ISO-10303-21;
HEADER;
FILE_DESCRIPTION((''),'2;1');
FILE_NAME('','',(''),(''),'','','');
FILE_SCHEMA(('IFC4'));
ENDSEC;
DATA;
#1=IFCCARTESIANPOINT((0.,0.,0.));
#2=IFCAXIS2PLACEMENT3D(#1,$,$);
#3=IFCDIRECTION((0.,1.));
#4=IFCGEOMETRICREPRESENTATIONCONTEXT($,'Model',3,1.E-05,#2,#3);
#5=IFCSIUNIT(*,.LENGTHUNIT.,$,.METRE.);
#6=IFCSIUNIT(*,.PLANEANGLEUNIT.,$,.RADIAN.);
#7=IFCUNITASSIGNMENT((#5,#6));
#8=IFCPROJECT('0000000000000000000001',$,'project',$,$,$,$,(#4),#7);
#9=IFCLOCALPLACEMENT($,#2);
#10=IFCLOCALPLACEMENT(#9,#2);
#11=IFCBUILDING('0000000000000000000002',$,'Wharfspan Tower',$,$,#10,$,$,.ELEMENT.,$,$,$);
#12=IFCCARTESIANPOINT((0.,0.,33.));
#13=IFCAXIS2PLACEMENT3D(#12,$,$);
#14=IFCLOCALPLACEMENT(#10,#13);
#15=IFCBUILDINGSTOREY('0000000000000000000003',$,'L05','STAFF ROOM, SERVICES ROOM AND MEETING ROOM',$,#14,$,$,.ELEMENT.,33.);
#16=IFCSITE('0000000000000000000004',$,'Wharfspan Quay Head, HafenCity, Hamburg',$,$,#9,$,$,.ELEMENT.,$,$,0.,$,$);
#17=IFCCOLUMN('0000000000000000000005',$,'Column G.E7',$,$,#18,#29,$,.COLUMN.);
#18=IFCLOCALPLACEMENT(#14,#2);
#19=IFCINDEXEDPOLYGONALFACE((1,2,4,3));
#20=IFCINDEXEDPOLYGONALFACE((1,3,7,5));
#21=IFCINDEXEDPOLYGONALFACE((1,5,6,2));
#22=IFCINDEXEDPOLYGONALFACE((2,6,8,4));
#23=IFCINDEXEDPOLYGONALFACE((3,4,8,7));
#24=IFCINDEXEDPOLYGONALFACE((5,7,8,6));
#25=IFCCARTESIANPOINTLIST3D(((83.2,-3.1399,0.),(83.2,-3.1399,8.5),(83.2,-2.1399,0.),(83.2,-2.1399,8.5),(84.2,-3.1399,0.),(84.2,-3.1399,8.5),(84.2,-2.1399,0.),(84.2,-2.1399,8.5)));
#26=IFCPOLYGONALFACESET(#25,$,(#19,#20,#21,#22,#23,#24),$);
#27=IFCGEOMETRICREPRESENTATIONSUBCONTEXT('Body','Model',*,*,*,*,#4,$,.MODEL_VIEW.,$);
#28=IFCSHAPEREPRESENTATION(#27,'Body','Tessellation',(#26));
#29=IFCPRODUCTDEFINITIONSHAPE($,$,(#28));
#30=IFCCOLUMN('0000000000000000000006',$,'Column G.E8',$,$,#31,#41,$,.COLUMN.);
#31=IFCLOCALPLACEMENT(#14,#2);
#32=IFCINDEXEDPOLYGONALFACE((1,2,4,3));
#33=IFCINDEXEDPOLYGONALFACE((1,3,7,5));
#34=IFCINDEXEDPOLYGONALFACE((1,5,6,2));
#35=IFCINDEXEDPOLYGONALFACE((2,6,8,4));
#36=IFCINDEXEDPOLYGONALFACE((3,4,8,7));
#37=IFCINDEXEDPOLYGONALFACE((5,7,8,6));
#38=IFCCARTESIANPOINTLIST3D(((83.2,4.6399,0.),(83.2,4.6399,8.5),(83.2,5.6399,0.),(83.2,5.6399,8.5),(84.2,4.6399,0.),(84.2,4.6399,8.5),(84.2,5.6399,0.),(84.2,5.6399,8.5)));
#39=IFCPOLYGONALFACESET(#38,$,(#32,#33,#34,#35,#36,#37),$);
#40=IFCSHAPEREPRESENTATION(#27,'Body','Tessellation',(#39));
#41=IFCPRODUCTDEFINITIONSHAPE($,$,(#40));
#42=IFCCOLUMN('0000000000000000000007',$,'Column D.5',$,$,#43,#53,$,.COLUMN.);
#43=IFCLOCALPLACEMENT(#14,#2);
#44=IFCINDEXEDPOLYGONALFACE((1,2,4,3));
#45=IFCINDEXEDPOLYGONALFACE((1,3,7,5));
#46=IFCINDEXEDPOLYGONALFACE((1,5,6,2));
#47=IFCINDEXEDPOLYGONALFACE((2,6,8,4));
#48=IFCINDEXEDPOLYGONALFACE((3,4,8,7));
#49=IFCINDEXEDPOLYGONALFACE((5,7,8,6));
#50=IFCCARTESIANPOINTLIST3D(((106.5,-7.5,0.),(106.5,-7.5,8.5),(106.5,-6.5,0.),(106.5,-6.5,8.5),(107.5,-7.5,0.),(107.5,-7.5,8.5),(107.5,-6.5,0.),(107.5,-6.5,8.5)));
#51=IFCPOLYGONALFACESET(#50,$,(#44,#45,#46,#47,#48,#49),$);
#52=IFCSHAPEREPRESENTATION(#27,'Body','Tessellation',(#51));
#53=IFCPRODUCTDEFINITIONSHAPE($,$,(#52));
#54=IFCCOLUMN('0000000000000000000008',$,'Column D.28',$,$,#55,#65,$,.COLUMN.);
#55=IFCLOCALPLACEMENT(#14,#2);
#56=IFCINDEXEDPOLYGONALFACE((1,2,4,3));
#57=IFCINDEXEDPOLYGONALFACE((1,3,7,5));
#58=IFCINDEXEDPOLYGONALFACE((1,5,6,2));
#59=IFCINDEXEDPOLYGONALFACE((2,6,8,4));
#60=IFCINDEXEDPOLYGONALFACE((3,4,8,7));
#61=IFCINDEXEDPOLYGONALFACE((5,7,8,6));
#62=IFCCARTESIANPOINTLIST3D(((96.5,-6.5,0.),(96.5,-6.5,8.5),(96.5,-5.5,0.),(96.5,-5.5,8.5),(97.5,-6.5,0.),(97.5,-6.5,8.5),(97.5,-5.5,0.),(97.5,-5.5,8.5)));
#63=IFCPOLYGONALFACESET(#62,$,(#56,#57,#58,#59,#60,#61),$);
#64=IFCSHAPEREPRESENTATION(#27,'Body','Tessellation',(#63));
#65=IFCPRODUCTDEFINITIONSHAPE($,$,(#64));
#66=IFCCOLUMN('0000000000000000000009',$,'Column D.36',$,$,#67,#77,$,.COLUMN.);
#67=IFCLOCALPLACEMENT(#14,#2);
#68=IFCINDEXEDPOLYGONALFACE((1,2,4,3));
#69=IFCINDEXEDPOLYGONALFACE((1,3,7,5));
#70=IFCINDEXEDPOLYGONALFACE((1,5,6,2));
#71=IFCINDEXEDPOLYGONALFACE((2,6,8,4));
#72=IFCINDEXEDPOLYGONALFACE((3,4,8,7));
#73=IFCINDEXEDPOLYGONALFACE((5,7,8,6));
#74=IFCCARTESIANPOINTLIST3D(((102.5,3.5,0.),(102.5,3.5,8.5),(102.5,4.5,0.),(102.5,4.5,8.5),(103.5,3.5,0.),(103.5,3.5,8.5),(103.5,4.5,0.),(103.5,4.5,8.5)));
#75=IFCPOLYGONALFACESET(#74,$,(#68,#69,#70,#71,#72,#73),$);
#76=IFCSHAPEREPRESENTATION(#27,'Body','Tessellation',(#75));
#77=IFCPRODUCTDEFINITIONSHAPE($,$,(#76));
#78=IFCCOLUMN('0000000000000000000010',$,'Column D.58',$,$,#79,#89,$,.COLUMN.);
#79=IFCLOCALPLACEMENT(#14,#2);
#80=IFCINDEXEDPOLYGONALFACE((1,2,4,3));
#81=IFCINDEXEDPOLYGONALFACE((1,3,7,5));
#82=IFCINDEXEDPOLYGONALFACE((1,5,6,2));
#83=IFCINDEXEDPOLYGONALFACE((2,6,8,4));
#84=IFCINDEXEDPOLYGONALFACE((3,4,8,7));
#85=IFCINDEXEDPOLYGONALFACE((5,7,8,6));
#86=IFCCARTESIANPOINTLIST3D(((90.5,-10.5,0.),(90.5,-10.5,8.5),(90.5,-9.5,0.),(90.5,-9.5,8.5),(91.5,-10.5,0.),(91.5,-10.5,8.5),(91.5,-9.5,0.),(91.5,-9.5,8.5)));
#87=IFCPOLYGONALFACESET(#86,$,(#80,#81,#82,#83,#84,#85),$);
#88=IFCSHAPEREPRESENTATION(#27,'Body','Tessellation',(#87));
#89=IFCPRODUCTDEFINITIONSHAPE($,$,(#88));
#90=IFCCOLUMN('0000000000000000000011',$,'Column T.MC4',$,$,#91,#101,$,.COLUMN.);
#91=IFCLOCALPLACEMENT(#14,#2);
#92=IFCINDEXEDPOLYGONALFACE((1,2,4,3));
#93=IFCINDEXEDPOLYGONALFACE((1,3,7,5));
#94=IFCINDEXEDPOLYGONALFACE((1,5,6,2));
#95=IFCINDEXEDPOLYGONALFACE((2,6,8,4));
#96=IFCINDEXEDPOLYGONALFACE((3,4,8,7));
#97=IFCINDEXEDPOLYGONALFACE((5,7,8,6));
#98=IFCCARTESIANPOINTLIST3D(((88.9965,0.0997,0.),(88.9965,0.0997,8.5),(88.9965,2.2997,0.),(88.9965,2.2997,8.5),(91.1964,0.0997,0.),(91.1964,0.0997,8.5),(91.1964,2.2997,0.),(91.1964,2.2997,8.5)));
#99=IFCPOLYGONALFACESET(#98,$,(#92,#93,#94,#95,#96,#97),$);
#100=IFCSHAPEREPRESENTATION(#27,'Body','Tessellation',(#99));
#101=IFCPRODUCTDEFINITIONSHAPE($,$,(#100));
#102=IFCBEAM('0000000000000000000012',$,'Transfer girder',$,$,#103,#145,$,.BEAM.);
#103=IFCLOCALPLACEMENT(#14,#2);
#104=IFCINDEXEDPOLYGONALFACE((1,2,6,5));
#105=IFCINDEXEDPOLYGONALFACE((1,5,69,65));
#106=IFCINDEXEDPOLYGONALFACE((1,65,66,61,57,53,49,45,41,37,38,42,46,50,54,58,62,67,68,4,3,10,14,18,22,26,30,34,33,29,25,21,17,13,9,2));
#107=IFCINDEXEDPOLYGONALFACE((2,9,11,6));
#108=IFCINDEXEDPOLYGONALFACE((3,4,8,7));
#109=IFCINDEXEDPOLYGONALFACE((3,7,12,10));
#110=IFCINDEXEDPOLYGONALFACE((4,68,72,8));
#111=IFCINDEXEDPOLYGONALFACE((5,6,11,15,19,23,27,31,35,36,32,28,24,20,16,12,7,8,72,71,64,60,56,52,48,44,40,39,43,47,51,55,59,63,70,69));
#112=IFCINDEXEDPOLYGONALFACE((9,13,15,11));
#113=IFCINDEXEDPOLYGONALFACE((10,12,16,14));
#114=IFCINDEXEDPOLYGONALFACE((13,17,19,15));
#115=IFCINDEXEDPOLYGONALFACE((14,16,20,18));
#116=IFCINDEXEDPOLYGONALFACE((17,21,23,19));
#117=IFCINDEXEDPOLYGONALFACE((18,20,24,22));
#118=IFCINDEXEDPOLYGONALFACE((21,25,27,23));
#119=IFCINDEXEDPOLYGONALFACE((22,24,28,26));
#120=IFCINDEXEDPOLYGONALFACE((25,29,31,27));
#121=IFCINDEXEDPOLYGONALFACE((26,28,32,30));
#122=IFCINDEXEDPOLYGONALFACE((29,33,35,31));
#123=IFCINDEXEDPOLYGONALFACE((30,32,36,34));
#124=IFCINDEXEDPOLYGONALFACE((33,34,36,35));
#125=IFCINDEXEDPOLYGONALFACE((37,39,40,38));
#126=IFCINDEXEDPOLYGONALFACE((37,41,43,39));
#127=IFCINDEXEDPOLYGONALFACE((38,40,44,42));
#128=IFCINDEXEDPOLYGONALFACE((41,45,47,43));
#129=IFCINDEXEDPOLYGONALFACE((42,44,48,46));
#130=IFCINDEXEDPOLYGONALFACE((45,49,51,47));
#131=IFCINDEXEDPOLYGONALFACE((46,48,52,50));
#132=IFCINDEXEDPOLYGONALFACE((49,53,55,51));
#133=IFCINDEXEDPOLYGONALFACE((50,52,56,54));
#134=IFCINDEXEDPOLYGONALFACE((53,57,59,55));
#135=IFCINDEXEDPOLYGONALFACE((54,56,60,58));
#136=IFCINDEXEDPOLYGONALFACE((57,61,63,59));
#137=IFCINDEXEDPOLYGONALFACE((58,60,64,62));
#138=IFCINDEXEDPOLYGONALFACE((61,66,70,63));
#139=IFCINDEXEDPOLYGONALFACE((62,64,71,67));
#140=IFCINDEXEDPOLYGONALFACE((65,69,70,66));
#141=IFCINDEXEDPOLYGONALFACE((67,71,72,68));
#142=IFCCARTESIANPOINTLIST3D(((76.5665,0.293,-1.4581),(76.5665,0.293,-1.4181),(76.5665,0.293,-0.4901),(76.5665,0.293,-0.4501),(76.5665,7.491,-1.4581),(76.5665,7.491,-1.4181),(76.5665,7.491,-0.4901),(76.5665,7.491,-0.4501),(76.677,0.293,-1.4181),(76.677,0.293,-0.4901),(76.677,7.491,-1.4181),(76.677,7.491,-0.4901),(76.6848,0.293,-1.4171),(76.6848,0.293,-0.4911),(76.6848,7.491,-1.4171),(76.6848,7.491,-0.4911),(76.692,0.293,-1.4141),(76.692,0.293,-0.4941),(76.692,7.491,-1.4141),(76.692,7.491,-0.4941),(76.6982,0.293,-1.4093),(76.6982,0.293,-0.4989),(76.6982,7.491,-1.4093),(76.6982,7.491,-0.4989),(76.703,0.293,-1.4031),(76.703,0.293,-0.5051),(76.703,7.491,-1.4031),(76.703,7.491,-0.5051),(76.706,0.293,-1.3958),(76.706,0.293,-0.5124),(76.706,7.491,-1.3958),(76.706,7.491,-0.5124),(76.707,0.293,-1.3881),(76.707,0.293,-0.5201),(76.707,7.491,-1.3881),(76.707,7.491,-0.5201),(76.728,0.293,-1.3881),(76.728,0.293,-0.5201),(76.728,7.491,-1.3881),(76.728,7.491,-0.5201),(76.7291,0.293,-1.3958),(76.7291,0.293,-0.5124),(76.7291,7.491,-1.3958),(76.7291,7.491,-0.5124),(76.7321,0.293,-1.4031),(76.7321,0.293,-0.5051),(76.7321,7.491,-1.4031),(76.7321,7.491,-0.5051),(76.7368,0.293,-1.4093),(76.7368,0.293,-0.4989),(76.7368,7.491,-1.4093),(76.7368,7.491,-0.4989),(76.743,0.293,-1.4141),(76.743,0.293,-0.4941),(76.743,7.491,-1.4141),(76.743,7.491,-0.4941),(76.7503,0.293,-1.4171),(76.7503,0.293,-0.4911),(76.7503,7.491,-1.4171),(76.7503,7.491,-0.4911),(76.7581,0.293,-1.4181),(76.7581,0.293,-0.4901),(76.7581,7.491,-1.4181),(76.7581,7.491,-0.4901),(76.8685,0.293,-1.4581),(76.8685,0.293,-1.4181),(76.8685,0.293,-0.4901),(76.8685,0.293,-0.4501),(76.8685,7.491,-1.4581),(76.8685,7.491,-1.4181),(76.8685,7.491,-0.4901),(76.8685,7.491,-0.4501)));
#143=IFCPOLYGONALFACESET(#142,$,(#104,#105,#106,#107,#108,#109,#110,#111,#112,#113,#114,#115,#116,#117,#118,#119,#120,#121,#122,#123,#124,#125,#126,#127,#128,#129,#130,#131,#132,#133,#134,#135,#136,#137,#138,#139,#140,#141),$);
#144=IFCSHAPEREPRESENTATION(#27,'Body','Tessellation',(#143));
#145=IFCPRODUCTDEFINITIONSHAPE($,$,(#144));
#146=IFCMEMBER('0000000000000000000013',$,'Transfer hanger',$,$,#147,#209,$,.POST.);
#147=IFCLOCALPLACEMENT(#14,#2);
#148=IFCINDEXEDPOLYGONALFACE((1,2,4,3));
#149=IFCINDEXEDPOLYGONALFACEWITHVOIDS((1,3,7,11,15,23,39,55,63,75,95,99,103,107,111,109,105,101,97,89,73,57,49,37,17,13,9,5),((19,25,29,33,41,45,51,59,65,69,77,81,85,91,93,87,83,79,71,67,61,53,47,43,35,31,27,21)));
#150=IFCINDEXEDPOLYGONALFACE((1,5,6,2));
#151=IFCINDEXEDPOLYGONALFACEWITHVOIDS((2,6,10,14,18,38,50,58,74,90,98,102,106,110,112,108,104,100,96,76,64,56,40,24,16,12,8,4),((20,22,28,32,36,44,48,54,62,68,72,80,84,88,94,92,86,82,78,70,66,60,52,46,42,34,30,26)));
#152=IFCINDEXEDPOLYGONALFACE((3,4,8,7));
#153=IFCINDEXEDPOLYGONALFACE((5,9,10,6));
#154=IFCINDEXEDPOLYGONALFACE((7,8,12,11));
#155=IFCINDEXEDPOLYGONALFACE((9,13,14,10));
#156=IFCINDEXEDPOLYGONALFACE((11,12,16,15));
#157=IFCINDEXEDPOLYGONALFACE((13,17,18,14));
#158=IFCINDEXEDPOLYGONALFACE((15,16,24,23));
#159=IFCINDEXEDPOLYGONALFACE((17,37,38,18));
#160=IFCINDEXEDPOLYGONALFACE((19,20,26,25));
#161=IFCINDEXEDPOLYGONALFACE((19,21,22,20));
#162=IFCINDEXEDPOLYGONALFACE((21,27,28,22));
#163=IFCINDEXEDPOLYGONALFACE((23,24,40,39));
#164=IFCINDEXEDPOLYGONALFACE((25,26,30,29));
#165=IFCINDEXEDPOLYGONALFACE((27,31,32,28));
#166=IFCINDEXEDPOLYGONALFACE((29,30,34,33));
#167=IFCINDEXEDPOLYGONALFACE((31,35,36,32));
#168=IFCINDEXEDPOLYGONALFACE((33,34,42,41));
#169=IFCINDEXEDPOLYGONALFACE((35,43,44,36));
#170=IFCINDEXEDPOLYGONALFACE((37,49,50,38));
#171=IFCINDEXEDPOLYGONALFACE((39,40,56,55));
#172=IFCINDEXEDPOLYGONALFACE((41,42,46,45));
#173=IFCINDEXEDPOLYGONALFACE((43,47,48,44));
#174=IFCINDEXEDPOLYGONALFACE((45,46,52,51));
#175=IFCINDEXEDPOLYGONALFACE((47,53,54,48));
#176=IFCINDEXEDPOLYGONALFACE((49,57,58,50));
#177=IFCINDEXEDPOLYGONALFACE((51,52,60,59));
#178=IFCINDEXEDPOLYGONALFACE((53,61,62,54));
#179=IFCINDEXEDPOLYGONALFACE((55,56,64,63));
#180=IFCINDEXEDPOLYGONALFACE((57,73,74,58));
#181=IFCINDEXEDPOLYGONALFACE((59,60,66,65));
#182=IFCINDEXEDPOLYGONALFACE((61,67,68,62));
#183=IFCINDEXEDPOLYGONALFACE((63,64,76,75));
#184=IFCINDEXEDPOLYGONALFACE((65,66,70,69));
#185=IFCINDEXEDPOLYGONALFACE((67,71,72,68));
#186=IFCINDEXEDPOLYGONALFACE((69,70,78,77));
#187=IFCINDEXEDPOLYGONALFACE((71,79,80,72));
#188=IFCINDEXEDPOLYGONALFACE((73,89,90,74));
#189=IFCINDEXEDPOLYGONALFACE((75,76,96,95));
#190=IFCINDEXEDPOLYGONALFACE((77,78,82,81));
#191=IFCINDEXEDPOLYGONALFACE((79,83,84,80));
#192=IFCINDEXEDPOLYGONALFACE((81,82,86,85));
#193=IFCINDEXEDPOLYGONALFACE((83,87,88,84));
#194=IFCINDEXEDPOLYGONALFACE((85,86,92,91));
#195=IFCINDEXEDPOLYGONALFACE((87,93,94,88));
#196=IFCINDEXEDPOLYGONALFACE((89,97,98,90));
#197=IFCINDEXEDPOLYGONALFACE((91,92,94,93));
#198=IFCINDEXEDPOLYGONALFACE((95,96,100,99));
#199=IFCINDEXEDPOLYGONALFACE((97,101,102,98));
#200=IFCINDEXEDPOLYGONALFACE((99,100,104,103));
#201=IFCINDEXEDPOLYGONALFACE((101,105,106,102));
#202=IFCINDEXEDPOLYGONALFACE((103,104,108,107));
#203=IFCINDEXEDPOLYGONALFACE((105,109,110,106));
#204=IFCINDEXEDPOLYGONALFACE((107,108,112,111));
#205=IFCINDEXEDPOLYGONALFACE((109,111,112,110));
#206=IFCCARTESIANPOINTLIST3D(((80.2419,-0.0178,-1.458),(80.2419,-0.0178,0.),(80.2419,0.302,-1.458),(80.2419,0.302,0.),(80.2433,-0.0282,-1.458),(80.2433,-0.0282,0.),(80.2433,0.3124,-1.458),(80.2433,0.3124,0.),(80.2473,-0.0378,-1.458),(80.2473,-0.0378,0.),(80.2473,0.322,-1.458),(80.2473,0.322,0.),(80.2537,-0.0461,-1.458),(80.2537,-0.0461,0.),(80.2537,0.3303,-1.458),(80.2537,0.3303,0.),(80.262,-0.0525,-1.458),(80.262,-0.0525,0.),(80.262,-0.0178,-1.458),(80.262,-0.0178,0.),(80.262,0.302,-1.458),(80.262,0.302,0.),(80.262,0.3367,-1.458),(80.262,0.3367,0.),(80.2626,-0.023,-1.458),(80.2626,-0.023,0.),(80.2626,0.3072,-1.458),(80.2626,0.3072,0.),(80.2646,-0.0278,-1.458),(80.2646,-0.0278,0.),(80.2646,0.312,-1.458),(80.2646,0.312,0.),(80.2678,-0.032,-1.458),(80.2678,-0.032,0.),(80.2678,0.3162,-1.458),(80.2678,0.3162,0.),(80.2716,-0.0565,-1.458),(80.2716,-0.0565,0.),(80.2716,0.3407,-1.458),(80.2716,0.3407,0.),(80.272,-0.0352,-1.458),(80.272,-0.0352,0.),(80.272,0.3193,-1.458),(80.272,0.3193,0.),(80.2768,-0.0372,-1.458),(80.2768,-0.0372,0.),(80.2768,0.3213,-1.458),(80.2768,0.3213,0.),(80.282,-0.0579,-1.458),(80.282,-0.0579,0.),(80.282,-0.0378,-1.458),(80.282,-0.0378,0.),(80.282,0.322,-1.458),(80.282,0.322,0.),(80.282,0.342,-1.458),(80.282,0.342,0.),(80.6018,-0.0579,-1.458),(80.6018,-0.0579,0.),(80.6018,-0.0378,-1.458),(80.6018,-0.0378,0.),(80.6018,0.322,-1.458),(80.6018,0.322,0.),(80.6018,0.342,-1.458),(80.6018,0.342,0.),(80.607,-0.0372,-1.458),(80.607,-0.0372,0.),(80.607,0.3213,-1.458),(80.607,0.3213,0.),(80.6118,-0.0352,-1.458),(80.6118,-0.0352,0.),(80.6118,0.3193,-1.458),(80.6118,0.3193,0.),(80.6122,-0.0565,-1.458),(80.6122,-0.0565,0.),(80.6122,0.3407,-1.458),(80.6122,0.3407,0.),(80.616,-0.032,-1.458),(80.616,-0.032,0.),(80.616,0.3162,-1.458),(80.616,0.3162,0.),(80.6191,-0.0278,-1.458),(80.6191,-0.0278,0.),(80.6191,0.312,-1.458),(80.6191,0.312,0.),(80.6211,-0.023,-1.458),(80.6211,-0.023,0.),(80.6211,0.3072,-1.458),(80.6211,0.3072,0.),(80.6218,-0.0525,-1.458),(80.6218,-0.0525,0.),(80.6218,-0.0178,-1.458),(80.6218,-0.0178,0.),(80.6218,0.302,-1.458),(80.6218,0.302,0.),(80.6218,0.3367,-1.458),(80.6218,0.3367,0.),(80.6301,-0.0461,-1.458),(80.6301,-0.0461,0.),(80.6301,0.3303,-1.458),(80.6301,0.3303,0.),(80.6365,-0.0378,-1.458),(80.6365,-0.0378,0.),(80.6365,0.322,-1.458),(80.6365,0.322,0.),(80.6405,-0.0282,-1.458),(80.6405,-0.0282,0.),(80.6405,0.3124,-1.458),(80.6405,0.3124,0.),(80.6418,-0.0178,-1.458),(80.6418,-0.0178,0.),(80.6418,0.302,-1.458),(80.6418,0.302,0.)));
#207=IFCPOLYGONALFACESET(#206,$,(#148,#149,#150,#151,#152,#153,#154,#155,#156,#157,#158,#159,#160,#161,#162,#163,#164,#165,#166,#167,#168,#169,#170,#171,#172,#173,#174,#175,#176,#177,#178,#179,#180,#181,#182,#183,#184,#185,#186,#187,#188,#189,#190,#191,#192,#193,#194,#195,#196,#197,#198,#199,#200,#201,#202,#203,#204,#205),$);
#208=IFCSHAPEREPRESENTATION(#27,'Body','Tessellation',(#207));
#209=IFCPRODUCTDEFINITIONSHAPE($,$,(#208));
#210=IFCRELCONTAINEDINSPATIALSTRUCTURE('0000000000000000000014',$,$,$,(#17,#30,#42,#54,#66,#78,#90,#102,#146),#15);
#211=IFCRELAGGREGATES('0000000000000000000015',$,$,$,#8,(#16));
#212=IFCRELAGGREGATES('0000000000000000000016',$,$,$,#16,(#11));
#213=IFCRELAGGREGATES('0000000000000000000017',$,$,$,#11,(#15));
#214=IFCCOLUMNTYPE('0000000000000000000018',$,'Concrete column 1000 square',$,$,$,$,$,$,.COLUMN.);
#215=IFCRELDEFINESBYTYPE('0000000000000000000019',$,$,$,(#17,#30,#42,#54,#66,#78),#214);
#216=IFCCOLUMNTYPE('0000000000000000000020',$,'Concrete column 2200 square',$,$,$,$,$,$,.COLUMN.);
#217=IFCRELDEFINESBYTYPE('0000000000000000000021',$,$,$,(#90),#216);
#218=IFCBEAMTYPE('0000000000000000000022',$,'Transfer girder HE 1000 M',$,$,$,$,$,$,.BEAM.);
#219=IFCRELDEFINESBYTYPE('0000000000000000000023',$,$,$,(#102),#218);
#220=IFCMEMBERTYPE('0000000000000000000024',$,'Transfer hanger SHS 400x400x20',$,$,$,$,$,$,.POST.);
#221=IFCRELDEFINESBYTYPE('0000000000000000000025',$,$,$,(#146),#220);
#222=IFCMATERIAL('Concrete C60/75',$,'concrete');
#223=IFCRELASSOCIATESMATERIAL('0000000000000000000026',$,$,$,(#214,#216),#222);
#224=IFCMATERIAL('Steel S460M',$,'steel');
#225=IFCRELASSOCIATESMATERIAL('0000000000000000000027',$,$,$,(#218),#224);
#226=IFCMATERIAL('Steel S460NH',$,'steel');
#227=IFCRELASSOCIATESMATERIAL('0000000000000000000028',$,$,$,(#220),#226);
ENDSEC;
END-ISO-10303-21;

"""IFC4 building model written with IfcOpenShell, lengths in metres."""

from ifc_helpers import new_model, si_unit, direction, frame, origin, origin_2d, place, context, subcontext, project, spatial, rectangle, hollow_rectangle, i_section, extrude, material, material_profile, profile_set, type_object, element, save


model = new_model("IFC4")

# Units and contexts
model_context = context("Model", 3, precision=1e-05, world=origin(), true_north=direction((0.0, 1.0)))
body_context = subcontext(model_context, "Body", "Model", "MODEL_VIEW")
ifc_project = project(units=[si_unit("LENGTHUNIT", "METRE"), si_unit("PLANEANGLEUNIT", "RADIAN")], contexts=[model_context])

# Site, building, storey
site_placement = place(None, origin())
site = spatial("IfcSite", under=ifc_project, at=site_placement, Name="Wharfspan Quay Head, HafenCity, Hamburg", CompositionType="ELEMENT", RefElevation=0.0)
building_placement = place(site_placement, origin())
building = spatial("IfcBuilding", under=site, at=building_placement, Name="Wharfspan Tower", CompositionType="ELEMENT")
storey_placement = place(building_placement, frame((0.0, 0.0, 33.0)))
storey = spatial("IfcBuildingStorey", under=building, at=storey_placement, Name="L05", Description="STAFF ROOM, SERVICES ROOM AND MEETING ROOM", CompositionType="ELEMENT", Elevation=33.0)

# Columns
ifc_material_1 = material(Name="Concrete C60/75", Category="concrete")
ifc_material_profile_1 = material_profile(ifc_material_1, rectangle(XDim=1.0, YDim=1.0, at=origin_2d()))
ifc_profile_set_1 = profile_set([ifc_material_profile_1], Name="Concrete C60/75")
column_type_1 = type_object("IfcColumnType", Name="Concrete column 1000 square", PredefinedType="COLUMN", material=ifc_profile_set_1)
for number, where, z_axis, x_axis, name in (
    (1, (83.7, -2.6399, 0.0), (0.0, 0.0, 1.0), (1.0, 0.0, 0.0), "Column G.E7"),
    (2, (83.7, 5.1399, 0.0), (0.0, 0.0, 1.0), (1.0, 0.0, 0.0), "Column G.E8"),
    (3, (107.0, -7.0, 0.0), (0.0, 0.0, 1.0), (1.0, 0.0, 0.0), "Column D.5"),
    (4, (97.0, -6.0, 0.0), (0.0, 0.0, 1.0), (1.0, 0.0, 0.0), "Column D.28"),
    (5, (103.0, 4.0, 0.0), (0.0, 0.0, 1.0), (1.0, 0.0, 0.0), "Column D.36"),
    (6, (91.0, -10.0, 0.0), (0.0, 0.0, 1.0), (1.0, 0.0, 0.0), "Column D.58"),
):
    element("IfcColumn", number, at=place(storey_placement, frame(where, z_axis=z_axis, x_axis=x_axis)), inside=storey, type_object=column_type_1, Name=name, PredefinedType="COLUMN", context=body_context, shape_type="SweptSolid", body=[
        extrude(rectangle(XDim=1.0, YDim=1.0, at=origin_2d()), origin(), (0.0, 0.0, 1.0), 8.5),
    ])
ifc_material_profile_2 = material_profile(ifc_material_1, rectangle(XDim=2.2, YDim=2.2, at=origin_2d()))
ifc_profile_set_2 = profile_set([ifc_material_profile_2], Name="Concrete C60/75")
column_type_2 = type_object("IfcColumnType", Name="Concrete column 2200 square", PredefinedType="COLUMN", material=ifc_profile_set_2)
column_placement = place(storey_placement, frame((90.0964, 1.1997, 0.0), z_axis=(0.0, 0.0, 1.0), x_axis=(1.0, 0.0, 0.0)))
element("IfcColumn", 7, at=column_placement, inside=storey, type_object=column_type_2, Name="Column T.MC4", PredefinedType="COLUMN", context=body_context, shape_type="SweptSolid", body=[
    extrude(rectangle(XDim=2.2, YDim=2.2, at=origin_2d()), origin(), (0.0, 0.0, 1.0), 8.5),
])

# Beam
ifc_material_2 = material(Name="Steel S460M", Category="steel")
ifc_material_profile_3 = material_profile(ifc_material_2, i_section(OverallWidth=0.302, OverallDepth=1.0081, WebThickness=0.021, FlangeThickness=0.04, FilletRadius=0.03, at=origin_2d()))
ifc_profile_set_3 = profile_set([ifc_material_profile_3], Name="Steel S460M")
beam_type = type_object("IfcBeamType", Name="Transfer girder HE 1000 M", PredefinedType="BEAM", material=ifc_profile_set_3)
beam_placement = place(storey_placement, frame((76.7175, 0.293, -0.9541), z_axis=(0.0, 1.0, 0.0), x_axis=(-1.0, 0.0, 0.0)))
element("IfcBeam", 8, at=beam_placement, inside=storey, type_object=beam_type, Name="Transfer girder", PredefinedType="BEAM", context=body_context, shape_type="SweptSolid", body=[
    extrude(i_section(OverallWidth=0.302, OverallDepth=1.0081, WebThickness=0.021, FlangeThickness=0.04, FilletRadius=0.03, at=origin_2d()), origin(), (0.0, 0.0, 1.0), 7.198),
])

# Member
ifc_material_3 = material(Name="Steel S460NH", Category="steel")
ifc_material_profile_4 = material_profile(ifc_material_3, hollow_rectangle(XDim=0.3999, YDim=0.3999, WallThickness=0.02, InnerFilletRadius=0.02, OuterFilletRadius=0.04, at=origin_2d()))
ifc_profile_set_4 = profile_set([ifc_material_profile_4], Name="Steel S460NH")
member_type_1 = type_object("IfcMemberType", Name="Transfer hanger SHS 400x400x20", PredefinedType="POST", material=ifc_profile_set_4)
member_1_placement = place(storey_placement, frame((80.4419, 0.1421, -1.458), z_axis=(0.0, 0.0, 1.0), x_axis=(1.0, 0.0, 0.0)))
element("IfcMember", 9, at=member_1_placement, inside=storey, type_object=member_type_1, Name="Transfer hanger", PredefinedType="POST", context=body_context, shape_type="SweptSolid", body=[
    extrude(hollow_rectangle(XDim=0.3999, YDim=0.3999, WallThickness=0.02, InnerFilletRadius=0.02, OuterFilletRadius=0.04, at=origin_2d()), origin(), (0.0, 0.0, 1.0), 1.458),
])

save(model, "model.ifc")
